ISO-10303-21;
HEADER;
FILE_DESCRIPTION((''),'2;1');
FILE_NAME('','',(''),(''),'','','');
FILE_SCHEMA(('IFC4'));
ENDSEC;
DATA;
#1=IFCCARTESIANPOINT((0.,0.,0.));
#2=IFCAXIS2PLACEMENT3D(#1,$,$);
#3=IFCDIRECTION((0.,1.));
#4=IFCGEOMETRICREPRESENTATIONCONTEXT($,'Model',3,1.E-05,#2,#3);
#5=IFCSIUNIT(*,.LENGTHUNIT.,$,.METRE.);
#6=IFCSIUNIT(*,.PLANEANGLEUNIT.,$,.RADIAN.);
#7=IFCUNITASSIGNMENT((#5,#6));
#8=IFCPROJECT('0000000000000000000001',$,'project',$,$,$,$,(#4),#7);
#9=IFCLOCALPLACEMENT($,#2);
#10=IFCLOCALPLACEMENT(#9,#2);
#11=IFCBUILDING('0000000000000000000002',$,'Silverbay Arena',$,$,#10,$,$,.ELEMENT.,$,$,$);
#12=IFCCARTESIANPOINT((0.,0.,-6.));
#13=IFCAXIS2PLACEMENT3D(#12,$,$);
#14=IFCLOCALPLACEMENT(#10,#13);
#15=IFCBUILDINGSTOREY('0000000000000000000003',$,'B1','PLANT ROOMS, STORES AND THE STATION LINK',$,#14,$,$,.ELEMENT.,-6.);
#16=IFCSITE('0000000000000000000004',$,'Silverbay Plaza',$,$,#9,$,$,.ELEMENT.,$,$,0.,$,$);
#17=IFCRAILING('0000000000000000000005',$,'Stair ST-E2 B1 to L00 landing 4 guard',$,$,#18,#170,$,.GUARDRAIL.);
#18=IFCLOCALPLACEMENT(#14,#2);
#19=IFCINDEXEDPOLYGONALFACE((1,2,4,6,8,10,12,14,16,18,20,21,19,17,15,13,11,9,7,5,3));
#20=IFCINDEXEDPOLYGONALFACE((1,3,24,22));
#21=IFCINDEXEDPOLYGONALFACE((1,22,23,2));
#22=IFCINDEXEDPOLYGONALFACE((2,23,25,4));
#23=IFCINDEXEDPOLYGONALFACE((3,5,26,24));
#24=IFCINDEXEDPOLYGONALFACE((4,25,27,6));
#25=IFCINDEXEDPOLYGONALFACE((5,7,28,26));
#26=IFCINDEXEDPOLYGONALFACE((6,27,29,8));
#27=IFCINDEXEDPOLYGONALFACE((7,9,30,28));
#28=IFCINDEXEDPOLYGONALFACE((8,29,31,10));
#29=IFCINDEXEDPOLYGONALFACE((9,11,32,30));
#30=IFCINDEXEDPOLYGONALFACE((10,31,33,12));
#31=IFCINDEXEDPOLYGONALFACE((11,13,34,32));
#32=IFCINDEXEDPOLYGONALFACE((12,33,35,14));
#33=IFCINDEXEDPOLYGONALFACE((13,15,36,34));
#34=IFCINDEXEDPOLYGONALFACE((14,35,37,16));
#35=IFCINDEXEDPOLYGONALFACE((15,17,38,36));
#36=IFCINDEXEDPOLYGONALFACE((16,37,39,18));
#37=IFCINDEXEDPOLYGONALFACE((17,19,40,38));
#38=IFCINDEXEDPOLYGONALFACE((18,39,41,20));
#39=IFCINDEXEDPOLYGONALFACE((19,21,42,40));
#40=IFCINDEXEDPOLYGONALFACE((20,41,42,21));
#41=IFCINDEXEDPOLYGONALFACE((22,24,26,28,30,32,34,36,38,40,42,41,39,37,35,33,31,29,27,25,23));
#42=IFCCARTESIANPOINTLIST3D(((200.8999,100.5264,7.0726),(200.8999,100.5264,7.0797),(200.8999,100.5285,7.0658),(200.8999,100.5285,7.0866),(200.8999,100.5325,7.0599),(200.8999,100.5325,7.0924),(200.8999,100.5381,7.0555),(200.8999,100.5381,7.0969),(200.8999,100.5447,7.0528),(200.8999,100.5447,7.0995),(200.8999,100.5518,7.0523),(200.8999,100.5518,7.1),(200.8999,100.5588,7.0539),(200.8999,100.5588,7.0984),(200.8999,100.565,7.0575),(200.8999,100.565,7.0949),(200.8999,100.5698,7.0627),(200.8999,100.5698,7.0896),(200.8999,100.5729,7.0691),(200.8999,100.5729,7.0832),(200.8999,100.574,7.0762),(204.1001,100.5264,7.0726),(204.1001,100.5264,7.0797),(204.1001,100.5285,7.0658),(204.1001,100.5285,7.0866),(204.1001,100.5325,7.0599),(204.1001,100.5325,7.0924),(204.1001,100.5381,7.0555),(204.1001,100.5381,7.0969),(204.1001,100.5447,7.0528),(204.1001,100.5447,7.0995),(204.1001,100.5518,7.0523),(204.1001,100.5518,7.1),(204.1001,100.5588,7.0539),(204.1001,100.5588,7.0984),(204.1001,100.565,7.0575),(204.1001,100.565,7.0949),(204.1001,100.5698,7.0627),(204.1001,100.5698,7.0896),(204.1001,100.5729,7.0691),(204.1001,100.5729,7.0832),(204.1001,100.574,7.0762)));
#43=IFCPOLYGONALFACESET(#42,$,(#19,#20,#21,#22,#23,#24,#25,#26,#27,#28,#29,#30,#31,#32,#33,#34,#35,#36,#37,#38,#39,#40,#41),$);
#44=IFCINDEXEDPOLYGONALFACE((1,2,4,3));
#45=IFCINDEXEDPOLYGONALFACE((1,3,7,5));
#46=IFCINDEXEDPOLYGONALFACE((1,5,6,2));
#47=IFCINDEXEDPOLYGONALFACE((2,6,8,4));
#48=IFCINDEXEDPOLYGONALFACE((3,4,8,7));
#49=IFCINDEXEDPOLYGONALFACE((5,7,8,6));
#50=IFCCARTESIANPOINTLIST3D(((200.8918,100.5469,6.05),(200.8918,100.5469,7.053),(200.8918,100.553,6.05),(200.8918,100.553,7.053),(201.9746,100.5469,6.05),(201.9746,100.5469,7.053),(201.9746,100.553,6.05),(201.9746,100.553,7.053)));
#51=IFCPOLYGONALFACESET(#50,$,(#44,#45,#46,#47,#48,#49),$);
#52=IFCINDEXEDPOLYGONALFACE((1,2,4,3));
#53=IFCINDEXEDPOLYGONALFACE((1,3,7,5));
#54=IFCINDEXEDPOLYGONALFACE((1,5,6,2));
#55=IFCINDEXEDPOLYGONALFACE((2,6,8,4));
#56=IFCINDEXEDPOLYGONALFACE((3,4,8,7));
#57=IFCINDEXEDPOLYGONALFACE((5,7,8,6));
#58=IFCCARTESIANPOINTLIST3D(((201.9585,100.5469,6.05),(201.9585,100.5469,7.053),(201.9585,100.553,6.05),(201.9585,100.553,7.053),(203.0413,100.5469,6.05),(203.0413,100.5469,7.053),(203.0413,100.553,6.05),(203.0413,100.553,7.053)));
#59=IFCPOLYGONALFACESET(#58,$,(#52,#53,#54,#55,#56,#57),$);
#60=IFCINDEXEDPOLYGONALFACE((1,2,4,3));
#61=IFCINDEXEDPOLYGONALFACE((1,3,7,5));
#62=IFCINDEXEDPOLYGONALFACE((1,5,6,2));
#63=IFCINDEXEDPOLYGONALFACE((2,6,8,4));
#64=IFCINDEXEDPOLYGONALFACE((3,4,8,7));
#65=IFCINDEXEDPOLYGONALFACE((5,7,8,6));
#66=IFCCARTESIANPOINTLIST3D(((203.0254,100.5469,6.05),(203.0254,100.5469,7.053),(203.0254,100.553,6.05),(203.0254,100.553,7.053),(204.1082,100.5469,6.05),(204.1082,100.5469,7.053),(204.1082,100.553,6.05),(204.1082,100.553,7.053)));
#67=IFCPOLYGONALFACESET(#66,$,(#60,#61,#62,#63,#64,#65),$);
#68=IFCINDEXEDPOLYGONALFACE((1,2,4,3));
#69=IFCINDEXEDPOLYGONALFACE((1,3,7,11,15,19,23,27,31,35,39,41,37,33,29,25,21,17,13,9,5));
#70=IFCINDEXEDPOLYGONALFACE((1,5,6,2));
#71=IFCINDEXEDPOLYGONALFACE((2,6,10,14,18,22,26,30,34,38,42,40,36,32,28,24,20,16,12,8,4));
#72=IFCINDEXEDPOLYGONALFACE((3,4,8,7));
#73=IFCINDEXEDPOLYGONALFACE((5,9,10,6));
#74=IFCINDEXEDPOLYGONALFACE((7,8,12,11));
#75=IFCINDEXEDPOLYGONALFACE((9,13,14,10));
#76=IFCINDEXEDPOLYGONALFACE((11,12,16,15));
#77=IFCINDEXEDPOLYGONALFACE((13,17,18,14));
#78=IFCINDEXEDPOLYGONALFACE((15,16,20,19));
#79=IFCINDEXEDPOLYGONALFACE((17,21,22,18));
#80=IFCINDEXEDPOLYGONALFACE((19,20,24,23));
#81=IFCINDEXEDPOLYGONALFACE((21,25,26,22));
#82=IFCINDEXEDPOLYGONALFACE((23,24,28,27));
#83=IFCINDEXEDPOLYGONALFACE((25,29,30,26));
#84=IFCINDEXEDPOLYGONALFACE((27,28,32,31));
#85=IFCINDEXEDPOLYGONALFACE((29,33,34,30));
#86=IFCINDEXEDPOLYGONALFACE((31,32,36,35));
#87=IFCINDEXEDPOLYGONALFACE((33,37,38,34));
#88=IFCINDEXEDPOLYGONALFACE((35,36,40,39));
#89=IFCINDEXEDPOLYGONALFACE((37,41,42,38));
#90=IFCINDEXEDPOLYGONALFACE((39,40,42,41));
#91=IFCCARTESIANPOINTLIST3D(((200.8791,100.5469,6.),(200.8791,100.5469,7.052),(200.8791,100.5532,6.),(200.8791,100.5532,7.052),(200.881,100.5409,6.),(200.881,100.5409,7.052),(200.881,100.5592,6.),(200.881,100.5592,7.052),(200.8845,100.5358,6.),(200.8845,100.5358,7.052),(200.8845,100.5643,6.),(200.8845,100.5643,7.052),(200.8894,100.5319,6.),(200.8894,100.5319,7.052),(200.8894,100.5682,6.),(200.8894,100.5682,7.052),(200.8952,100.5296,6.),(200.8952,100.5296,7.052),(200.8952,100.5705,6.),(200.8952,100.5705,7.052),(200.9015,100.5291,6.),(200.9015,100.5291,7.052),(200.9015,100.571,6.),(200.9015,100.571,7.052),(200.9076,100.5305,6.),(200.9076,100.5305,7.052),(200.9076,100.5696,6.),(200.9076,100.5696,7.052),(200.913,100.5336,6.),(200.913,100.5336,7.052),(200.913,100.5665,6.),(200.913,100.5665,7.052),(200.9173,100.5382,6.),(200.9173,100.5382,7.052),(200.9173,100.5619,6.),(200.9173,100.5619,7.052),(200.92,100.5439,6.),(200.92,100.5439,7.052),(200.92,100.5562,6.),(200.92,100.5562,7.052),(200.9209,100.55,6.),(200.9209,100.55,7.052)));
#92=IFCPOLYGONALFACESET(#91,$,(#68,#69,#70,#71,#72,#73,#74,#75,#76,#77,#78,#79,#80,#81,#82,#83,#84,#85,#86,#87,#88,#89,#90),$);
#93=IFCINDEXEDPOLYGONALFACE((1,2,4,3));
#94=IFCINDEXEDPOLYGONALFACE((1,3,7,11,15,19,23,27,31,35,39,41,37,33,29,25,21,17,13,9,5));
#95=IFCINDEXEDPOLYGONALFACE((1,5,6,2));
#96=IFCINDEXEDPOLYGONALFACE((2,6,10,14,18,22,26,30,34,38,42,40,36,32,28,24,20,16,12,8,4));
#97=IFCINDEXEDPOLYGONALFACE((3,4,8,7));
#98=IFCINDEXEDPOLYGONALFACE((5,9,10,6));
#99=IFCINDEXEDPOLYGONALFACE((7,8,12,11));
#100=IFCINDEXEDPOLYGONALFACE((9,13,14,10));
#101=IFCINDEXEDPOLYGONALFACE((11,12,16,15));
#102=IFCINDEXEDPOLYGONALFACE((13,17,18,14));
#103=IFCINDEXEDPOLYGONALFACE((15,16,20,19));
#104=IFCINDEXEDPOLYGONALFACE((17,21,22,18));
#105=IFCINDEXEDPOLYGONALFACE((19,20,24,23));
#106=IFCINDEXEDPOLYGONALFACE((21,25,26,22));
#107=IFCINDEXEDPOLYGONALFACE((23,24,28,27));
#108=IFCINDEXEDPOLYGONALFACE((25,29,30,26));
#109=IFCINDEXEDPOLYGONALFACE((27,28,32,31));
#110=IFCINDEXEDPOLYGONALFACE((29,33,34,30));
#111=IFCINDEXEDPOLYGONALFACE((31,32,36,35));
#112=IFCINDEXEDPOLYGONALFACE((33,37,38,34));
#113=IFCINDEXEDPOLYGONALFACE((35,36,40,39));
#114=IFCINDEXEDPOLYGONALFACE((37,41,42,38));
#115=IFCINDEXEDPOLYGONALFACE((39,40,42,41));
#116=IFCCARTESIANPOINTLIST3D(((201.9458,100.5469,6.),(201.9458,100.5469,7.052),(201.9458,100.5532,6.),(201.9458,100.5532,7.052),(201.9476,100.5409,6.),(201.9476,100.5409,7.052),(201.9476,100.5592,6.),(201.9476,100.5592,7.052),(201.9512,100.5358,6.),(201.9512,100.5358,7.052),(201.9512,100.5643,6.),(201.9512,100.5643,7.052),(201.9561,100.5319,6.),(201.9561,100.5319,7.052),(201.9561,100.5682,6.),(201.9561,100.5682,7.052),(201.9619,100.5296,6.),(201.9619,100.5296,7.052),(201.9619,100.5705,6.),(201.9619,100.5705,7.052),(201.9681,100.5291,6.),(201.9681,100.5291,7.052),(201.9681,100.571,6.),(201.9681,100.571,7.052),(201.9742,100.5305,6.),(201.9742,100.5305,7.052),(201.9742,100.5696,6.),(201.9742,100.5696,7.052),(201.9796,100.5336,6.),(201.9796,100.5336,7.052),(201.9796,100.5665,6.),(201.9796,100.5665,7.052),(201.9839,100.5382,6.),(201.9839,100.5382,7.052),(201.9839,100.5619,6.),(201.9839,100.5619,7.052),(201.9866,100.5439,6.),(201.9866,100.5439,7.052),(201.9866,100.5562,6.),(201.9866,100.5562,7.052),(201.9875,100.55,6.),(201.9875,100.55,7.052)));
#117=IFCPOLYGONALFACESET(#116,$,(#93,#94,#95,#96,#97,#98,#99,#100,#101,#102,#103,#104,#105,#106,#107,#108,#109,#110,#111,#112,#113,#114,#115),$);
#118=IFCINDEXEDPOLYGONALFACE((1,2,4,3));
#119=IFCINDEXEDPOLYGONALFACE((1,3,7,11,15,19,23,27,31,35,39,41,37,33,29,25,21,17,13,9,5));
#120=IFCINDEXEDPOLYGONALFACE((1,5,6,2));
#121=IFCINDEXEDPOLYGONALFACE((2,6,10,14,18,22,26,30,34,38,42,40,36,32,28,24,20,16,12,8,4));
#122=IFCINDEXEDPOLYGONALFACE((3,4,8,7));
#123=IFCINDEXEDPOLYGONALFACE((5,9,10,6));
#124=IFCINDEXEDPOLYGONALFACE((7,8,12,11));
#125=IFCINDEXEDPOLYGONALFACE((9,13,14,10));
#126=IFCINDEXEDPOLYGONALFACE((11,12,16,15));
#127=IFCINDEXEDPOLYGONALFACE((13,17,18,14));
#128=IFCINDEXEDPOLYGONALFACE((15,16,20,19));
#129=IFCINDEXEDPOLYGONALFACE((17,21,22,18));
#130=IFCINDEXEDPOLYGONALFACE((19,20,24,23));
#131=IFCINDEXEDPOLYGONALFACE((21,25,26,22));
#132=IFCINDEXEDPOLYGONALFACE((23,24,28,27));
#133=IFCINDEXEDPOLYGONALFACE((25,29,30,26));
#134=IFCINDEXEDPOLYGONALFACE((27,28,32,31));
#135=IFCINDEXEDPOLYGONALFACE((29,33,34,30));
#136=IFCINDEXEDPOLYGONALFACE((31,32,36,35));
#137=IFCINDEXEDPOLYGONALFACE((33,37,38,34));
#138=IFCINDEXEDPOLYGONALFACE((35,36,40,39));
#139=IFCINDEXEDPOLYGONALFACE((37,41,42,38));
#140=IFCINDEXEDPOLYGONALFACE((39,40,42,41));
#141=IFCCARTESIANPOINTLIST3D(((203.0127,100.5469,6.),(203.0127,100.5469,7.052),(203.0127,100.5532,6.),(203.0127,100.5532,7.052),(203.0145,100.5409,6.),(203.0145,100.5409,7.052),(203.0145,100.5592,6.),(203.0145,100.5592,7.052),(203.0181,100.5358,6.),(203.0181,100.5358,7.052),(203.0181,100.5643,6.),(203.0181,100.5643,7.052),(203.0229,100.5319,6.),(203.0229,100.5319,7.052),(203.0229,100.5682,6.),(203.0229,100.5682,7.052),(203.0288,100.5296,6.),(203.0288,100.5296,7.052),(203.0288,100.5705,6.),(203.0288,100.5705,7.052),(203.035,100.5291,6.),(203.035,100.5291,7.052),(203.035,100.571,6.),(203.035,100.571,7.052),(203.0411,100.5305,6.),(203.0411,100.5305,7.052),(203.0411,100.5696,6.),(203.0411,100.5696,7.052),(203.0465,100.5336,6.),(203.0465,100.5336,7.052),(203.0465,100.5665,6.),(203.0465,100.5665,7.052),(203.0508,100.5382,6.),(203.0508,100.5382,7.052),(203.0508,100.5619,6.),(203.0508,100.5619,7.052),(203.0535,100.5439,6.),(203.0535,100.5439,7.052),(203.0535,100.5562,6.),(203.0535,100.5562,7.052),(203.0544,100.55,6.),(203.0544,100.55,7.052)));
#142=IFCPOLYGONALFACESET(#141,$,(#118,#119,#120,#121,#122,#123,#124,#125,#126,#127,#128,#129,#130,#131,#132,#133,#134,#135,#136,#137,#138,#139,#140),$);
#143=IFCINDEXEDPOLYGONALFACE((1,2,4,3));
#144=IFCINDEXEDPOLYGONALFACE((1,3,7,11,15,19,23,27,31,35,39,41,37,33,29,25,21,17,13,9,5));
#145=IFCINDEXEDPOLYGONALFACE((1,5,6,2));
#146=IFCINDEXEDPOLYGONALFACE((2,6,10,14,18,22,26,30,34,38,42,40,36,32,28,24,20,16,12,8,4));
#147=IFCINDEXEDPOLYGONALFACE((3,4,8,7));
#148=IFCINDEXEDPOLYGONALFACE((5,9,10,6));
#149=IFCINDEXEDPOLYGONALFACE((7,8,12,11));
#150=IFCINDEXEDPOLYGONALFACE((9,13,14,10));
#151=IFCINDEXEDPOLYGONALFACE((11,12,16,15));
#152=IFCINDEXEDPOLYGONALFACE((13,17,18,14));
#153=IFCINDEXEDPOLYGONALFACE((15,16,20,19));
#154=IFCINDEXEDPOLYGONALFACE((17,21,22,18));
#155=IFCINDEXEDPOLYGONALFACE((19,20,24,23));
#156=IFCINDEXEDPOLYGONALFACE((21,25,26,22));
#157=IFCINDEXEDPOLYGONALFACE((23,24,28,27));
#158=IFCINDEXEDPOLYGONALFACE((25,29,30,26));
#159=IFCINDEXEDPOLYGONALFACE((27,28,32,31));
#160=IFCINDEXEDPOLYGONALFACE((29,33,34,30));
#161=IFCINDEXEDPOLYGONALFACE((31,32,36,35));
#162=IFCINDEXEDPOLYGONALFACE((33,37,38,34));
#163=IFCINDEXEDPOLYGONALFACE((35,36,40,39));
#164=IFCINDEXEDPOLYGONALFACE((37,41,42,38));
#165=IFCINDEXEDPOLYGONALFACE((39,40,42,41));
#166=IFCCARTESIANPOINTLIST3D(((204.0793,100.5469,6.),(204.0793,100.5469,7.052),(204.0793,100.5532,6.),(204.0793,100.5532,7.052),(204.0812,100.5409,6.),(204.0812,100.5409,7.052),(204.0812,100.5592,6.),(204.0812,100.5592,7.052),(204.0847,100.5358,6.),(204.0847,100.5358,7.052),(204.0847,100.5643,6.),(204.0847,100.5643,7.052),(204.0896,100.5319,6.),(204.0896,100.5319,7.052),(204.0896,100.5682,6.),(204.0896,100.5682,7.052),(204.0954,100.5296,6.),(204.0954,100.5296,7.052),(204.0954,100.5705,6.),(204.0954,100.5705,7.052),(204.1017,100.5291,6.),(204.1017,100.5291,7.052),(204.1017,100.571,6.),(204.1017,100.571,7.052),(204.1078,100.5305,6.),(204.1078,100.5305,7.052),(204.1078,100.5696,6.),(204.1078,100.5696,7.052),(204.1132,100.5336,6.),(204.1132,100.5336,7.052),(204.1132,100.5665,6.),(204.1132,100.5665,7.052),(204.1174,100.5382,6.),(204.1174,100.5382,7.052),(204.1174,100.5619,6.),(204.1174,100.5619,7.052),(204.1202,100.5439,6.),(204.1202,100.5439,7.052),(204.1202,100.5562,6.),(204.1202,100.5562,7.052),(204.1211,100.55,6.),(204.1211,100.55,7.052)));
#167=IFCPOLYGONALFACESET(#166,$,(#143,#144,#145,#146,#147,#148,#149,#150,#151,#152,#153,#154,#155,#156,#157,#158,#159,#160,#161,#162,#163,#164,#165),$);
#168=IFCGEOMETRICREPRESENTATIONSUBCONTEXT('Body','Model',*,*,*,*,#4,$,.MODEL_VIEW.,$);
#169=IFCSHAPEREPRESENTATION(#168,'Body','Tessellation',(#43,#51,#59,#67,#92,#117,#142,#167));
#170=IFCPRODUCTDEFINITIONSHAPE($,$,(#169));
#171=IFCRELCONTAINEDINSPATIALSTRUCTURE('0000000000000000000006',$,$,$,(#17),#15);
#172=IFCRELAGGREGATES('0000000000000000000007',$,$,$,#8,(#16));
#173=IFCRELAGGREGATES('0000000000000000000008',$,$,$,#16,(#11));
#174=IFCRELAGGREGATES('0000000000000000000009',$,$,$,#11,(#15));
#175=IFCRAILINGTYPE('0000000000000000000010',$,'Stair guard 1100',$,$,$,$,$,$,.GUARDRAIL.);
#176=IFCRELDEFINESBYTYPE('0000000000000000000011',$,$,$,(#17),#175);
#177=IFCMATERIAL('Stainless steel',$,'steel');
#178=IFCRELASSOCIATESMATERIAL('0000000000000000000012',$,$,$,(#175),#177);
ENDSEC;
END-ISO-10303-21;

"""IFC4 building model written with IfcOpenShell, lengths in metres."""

from ifc_helpers import new_model, si_unit, direction, frame, origin, origin_2d, place, context, subcontext, project, spatial, polyline, circle, outline, extrude, material, type_object, element, save


model = new_model("IFC4")

# Units and contexts
model_context = context("Model", 3, precision=1e-05, world=origin(), true_north=direction((0.0, 1.0)))
body_context = subcontext(model_context, "Body", "Model", "MODEL_VIEW")
ifc_project = project(units=[si_unit("LENGTHUNIT", "METRE"), si_unit("PLANEANGLEUNIT", "RADIAN")], contexts=[model_context])

# Site, building, storey
site_placement = place(None, origin())
site = spatial("IfcSite", under=ifc_project, at=site_placement, Name="Silverbay Plaza", CompositionType="ELEMENT", RefElevation=0.0)
building_placement = place(site_placement, origin())
building = spatial("IfcBuilding", under=site, at=building_placement, Name="Silverbay Arena", CompositionType="ELEMENT")
storey_placement = place(building_placement, frame((0.0, 0.0, -6.0)))
storey = spatial("IfcBuildingStorey", under=building, at=storey_placement, Name="B1", Description="PLANT ROOMS, STORES AND THE STATION LINK", CompositionType="ELEMENT", Elevation=-6.0)

# Railing
ifc_material_1 = material(Name="Stainless steel", Category="steel")
railing_type_1 = type_object("IfcRailingType", Name="Stair guard 1100", PredefinedType="GUARDRAIL", material=ifc_material_1)
for number, where, name in (
    (1, (200.8999, 100.55, 6.0), "Stair ST-E2 B1 to L00 landing 4 guard"),
):
    element("IfcRailing", number, at=place(storey_placement, frame(where)), inside=storey, type_object=railing_type_1, Name=name, PredefinedType="GUARDRAIL", context=body_context, shape_type="SweptSolid", body=[
        extrude(circle(Radius=0.0239, at=origin_2d()), frame((0.0, 0.0, 1.0762), z_axis=(1.0, 0.0, 0.0), x_axis=(0.0, 1.0, 0.0)), (0.0, 0.0, 1.0), 3.2002),
        extrude(outline(polyline([(-0.0081, 0.05), (1.0747, 0.05), (1.0747, 1.053), (-0.0081, 1.053), (-0.0081, 0.05)])), frame((0.0, 0.0029, 0.0), z_axis=(0.0, -1.0, 0.0), x_axis=(1.0, 0.0, 0.0)), (0.0, 0.0, 1.0), 0.0061),
        extrude(outline(polyline([(-0.0081, 0.05), (1.0747, 0.05), (1.0747, 1.053), (-0.0081, 1.053), (-0.0081, 0.05)])), frame((1.0667, 0.0029, 0.0), z_axis=(0.0, -1.0, 0.0), x_axis=(1.0, 0.0, 0.0)), (0.0, 0.0, 1.0), 0.0061),
        extrude(outline(polyline([(-0.0081, 0.05), (1.0747, 0.05), (1.0747, 1.053), (-0.0081, 1.053), (-0.0081, 0.05)])), frame((2.1335, 0.0029, 0.0), z_axis=(0.0, -1.0, 0.0), x_axis=(1.0, 0.0, 0.0)), (0.0, 0.0, 1.0), 0.0061),
        extrude(circle(Radius=0.021, at=origin_2d()), origin(), (0.0, 0.0, 1.0), 1.052),
        extrude(circle(Radius=0.021, at=origin_2d()), frame((1.0667, 0.0, 0.0)), (0.0, 0.0, 1.0), 1.052),
        extrude(circle(Radius=0.021, at=origin_2d()), frame((2.1335, 0.0, 0.0)), (0.0, 0.0, 1.0), 1.052),
        extrude(circle(Radius=0.021, at=origin_2d()), frame((3.2002, 0.0, 0.0)), (0.0, 0.0, 1.0), 1.052),
    ])

save(model, "model.ifc")
